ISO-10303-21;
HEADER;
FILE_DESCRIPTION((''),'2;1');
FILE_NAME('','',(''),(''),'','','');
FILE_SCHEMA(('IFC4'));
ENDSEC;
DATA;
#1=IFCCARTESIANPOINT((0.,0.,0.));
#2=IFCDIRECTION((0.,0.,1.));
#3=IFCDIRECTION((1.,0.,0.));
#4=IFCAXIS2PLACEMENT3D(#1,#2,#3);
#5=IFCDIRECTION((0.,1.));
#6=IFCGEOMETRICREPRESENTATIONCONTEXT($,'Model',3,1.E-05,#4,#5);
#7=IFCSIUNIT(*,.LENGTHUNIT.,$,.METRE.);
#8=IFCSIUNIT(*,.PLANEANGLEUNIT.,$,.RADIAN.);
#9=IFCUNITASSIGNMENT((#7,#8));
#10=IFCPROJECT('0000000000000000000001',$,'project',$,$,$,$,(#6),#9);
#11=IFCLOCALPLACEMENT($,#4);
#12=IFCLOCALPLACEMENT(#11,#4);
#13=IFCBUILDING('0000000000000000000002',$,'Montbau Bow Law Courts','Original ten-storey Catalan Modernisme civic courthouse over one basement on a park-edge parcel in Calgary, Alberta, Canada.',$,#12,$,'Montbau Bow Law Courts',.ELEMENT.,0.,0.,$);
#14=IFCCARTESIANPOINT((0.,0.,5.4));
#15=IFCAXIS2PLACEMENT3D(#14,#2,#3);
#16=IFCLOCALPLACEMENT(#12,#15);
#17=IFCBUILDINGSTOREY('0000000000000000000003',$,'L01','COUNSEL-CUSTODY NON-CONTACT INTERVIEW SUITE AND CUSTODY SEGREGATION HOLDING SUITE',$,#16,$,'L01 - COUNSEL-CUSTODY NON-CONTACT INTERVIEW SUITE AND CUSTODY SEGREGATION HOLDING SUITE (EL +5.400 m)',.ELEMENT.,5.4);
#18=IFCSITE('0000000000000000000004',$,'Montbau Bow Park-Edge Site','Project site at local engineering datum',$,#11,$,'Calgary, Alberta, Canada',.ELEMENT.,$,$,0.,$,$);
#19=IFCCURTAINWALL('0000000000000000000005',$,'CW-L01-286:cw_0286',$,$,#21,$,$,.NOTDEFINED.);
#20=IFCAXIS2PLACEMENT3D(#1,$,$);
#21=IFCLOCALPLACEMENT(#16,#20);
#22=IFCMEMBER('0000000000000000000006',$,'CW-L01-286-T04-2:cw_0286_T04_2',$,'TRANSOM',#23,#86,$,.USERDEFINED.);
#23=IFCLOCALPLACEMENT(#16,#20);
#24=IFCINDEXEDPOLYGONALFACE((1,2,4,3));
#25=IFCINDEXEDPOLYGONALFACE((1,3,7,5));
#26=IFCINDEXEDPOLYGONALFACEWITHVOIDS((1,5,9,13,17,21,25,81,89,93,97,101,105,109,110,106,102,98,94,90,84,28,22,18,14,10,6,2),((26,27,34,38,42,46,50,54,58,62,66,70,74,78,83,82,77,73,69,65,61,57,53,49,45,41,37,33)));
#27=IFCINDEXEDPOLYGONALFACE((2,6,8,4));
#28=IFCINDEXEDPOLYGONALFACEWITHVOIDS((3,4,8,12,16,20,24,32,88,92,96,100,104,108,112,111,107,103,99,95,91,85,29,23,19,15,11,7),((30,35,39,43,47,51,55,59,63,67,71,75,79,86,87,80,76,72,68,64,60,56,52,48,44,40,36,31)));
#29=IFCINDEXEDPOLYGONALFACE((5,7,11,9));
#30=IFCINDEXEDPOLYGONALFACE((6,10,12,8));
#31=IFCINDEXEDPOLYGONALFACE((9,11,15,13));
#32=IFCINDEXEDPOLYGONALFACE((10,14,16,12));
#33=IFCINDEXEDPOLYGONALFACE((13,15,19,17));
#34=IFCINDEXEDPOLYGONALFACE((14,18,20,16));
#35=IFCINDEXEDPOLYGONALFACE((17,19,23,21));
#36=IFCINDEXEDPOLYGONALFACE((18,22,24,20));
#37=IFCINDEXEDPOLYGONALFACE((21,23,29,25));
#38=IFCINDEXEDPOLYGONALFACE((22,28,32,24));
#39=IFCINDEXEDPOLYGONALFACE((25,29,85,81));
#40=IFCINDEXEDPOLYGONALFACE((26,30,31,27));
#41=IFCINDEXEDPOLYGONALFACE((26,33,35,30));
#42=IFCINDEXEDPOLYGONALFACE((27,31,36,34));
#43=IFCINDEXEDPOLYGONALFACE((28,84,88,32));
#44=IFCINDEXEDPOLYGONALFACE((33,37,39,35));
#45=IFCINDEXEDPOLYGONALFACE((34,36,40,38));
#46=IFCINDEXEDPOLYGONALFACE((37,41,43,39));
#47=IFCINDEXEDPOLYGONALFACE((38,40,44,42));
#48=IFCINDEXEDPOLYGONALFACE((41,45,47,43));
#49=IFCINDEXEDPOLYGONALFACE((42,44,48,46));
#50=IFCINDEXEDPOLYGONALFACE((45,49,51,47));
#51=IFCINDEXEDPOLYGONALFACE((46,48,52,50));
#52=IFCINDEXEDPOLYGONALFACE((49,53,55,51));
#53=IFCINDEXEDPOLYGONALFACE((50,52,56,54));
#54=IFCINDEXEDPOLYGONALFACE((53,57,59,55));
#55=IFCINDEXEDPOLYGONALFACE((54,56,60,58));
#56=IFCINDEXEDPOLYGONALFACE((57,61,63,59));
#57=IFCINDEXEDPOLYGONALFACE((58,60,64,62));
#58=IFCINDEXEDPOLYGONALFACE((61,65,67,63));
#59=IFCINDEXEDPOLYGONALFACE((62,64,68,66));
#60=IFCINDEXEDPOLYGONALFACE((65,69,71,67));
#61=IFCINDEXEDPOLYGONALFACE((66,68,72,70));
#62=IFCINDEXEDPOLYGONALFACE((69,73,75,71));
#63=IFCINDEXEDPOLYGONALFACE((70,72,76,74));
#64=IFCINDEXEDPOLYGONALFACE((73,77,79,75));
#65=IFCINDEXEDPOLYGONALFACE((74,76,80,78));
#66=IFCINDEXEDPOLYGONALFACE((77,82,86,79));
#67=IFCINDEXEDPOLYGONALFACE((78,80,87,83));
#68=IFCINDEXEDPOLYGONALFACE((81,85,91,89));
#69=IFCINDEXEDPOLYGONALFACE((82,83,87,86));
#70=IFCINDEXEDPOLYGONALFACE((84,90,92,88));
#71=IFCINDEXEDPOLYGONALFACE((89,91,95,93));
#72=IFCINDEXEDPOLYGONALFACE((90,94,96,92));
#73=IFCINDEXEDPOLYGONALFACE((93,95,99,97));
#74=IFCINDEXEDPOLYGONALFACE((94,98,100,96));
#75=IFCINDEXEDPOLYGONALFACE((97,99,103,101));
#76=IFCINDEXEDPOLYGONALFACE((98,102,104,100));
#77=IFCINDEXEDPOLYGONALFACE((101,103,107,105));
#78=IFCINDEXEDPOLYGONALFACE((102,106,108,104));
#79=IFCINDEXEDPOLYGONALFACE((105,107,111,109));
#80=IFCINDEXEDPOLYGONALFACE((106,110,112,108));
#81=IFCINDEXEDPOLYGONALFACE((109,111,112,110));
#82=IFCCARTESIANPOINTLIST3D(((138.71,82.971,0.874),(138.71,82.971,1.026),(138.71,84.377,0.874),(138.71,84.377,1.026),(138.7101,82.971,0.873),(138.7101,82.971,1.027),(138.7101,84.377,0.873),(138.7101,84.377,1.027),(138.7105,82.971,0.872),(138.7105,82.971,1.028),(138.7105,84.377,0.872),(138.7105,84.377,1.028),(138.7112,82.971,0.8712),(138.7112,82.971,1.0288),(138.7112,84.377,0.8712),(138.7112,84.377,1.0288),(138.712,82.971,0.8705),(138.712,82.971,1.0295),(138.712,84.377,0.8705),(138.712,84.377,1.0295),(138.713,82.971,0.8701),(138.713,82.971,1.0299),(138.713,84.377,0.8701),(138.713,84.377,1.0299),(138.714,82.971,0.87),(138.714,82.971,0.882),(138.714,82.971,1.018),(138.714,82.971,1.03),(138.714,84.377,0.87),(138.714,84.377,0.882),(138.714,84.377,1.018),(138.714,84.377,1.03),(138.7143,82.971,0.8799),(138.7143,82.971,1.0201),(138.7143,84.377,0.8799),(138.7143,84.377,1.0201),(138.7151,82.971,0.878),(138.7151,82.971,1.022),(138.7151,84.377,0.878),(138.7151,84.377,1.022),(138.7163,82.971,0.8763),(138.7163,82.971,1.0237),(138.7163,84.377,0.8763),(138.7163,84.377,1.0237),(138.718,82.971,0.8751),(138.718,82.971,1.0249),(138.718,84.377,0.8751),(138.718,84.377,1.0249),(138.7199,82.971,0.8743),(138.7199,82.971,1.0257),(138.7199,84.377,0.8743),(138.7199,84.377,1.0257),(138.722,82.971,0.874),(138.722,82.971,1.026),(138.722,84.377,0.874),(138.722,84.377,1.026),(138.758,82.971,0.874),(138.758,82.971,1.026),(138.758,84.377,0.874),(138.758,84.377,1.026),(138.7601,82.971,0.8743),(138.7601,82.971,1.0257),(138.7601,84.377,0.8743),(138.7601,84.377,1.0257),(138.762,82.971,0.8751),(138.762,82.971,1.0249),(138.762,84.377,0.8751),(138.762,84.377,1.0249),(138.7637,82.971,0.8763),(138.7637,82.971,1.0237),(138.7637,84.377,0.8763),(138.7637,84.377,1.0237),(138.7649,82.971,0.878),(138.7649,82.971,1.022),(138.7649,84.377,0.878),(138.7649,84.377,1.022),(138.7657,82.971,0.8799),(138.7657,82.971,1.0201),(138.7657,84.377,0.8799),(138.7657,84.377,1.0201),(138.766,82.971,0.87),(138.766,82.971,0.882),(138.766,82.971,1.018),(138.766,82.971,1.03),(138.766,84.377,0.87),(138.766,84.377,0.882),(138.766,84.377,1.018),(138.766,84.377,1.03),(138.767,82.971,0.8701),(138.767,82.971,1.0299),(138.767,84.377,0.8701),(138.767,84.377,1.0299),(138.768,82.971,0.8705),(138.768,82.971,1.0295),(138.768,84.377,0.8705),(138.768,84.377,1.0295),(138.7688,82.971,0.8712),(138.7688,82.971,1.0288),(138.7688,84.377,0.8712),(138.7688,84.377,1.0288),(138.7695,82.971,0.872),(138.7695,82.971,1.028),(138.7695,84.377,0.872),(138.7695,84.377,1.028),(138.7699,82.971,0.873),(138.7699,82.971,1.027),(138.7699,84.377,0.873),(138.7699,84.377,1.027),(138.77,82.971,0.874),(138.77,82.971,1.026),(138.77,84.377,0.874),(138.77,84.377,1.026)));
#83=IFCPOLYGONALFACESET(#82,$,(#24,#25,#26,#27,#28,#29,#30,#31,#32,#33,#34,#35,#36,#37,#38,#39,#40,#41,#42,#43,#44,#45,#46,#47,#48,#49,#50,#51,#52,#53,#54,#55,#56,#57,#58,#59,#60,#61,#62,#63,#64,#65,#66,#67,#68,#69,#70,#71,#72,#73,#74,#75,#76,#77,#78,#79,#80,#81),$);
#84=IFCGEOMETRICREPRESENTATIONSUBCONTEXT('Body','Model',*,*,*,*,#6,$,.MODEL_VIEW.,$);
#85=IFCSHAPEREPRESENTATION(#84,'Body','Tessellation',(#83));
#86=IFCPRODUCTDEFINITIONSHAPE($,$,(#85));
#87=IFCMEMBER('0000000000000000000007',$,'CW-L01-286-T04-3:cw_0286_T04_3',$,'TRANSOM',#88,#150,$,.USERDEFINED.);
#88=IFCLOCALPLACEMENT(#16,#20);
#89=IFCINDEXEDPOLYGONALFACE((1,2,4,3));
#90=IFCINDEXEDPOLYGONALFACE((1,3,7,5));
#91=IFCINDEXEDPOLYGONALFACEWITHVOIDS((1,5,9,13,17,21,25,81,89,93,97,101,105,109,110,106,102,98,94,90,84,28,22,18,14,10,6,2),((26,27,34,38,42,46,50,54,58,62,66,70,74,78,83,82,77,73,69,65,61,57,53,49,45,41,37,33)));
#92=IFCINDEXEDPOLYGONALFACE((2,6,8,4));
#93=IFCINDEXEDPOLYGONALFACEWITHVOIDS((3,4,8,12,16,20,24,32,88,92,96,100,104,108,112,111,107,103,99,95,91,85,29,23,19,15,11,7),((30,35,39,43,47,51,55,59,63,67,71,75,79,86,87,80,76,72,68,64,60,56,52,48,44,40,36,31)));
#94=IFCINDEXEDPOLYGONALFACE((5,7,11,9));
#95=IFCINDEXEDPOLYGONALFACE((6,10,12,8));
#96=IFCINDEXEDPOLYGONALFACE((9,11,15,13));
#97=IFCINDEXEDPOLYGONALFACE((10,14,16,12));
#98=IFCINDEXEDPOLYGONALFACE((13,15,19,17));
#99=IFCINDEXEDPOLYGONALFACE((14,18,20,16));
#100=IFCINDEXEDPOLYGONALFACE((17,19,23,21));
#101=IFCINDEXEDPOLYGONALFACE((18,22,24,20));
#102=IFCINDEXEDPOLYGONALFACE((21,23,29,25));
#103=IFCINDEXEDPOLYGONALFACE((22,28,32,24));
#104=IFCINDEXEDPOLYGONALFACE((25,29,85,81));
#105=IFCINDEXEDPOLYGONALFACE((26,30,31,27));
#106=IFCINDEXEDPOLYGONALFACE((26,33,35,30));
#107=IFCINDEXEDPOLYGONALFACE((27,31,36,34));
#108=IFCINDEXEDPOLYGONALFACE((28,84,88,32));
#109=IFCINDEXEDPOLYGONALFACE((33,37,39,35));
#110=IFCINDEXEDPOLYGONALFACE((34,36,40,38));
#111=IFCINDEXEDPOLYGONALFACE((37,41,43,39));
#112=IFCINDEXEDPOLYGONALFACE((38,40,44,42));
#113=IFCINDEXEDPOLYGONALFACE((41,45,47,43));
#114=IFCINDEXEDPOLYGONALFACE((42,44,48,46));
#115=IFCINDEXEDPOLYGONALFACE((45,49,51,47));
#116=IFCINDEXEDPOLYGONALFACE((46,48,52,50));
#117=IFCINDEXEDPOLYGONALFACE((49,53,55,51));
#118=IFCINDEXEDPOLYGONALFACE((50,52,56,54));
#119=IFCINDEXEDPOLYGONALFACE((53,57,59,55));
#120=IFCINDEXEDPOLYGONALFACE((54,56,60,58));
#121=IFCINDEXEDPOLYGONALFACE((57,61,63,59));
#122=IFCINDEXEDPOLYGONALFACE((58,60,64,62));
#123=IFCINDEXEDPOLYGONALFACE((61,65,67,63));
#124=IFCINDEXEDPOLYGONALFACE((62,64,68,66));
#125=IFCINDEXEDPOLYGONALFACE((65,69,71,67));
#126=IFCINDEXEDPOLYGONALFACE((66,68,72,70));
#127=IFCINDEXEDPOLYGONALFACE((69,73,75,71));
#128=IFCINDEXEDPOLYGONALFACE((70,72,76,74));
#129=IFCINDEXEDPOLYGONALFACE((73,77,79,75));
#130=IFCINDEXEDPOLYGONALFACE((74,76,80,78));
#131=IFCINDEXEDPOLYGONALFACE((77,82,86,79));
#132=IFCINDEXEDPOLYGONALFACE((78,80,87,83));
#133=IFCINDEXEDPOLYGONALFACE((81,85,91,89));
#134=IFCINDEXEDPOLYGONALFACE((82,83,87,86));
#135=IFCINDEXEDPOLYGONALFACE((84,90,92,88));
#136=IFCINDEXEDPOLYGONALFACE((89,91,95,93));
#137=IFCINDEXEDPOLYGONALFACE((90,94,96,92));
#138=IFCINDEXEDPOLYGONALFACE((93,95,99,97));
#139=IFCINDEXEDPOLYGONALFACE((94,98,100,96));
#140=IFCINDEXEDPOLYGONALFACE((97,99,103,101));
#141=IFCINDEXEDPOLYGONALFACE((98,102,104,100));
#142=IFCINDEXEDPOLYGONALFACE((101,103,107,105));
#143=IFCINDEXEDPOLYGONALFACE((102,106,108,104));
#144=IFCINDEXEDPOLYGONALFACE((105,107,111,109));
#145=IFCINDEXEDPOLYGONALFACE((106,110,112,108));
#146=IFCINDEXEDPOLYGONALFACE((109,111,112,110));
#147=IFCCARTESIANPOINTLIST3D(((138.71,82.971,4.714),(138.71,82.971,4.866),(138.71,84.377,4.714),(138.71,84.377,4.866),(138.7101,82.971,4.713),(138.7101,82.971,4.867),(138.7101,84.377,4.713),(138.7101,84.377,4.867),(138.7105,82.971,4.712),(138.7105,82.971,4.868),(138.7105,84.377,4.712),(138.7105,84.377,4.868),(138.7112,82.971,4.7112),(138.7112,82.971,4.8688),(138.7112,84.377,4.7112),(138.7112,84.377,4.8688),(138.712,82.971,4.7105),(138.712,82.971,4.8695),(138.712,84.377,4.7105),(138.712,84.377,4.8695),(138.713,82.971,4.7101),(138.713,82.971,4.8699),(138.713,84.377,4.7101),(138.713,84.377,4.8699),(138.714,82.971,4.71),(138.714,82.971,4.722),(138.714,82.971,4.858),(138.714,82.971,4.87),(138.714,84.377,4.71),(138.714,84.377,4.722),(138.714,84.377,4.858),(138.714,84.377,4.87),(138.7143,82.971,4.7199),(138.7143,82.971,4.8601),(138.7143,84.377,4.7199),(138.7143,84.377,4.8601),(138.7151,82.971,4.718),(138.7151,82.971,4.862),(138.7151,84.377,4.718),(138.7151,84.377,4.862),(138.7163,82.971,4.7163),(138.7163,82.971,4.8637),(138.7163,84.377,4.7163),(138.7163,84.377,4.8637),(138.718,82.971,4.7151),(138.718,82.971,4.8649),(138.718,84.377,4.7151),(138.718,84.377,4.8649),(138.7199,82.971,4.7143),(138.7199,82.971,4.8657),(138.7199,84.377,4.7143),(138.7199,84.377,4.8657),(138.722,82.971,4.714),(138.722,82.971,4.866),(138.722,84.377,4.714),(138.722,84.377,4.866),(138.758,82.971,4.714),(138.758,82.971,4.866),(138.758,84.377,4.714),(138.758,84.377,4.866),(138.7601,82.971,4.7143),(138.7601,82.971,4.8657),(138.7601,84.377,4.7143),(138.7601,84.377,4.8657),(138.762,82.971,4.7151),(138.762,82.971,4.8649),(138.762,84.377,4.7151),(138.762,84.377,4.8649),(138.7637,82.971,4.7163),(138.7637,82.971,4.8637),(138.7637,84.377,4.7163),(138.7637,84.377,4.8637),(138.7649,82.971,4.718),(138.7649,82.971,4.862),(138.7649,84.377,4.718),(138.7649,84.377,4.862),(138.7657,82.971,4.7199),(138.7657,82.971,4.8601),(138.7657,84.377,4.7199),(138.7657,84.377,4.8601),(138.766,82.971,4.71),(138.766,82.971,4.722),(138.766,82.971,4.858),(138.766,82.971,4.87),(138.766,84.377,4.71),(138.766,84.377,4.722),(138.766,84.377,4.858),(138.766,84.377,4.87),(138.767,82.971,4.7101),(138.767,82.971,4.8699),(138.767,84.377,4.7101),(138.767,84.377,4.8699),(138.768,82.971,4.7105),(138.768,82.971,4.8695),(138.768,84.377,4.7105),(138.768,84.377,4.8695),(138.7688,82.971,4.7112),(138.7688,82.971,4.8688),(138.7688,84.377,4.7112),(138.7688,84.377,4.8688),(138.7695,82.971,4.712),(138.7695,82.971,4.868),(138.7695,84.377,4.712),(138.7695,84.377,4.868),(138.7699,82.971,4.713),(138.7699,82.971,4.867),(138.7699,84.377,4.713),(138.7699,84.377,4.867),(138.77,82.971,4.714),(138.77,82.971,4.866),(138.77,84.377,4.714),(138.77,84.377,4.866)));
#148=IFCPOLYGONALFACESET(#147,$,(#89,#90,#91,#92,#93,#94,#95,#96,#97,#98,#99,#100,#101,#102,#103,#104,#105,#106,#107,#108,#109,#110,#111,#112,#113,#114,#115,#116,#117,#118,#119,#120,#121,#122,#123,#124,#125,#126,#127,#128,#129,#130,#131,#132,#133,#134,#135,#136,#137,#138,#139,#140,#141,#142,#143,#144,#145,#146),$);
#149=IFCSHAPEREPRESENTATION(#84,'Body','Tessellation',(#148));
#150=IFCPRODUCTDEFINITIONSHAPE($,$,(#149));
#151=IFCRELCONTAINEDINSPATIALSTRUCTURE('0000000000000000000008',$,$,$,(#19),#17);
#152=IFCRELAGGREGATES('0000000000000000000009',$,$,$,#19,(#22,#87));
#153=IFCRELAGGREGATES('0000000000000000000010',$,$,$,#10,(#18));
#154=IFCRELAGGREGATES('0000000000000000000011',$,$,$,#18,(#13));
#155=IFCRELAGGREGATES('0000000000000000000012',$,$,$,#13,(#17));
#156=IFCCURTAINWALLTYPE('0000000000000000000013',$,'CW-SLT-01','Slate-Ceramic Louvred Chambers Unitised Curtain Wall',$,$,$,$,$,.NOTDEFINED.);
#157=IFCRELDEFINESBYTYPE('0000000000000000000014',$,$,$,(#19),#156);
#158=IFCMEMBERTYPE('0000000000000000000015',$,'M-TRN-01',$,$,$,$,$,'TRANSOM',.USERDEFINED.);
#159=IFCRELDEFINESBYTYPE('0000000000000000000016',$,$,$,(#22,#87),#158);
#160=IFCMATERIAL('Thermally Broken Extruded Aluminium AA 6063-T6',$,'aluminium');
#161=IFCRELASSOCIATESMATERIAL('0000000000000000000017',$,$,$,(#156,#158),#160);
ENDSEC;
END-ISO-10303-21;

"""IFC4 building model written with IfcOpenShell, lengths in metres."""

from ifc_helpers import new_model, si_unit, direction, frame, origin_with_axes, origin_2d_with_axis, place, context, subcontext, project, spatial, hollow_rectangle, extrude, material, material_profile, profile_set, type_object, element, aggregate, save


model = new_model("IFC4")

# Units and contexts
model_context = context("Model", 3, precision=1e-05, world=origin_with_axes(), true_north=direction((0.0, 1.0)))
body_context = subcontext(model_context, "Body", "Model", "MODEL_VIEW")
ifc_project = project(units=[si_unit("LENGTHUNIT", "METRE"), si_unit("PLANEANGLEUNIT", "RADIAN")], contexts=[model_context])

# Site, building, storey
site_placement = place(None, origin_with_axes())
site = spatial("IfcSite", under=ifc_project, at=site_placement, Name="Montbau Bow Park-Edge Site", Description="Project site at local engineering datum", LongName="Calgary, Alberta, Canada", CompositionType="ELEMENT", RefElevation=0.0)
building_placement = place(site_placement, origin_with_axes())
building = spatial("IfcBuilding", under=site, at=building_placement, Name="Montbau Bow Law Courts", Description="Original ten-storey Catalan Modernisme civic courthouse over one basement on a park-edge parcel in Calgary, Alberta, Canada.", LongName="Montbau Bow Law Courts", CompositionType="ELEMENT", ElevationOfRefHeight=0.0, ElevationOfTerrain=0.0)
storey_placement = place(building_placement, frame((0.0, 0.0, 5.4), z_axis=(0.0, 0.0, 1.0), x_axis=(1.0, 0.0, 0.0)))
storey = spatial("IfcBuildingStorey", under=building, at=storey_placement, Name="L01", Description="COUNSEL-CUSTODY NON-CONTACT INTERVIEW SUITE AND CUSTODY SEGREGATION HOLDING SUITE", LongName="L01 - COUNSEL-CUSTODY NON-CONTACT INTERVIEW SUITE AND CUSTODY SEGREGATION HOLDING SUITE (EL +5.400 m)", CompositionType="ELEMENT", Elevation=5.4)

# Curtain wall
ifc_material_1 = material(Name="Thermally Broken Extruded Aluminium AA 6063-T6", Category="aluminium")
curtain_wall_type = type_object("IfcCurtainWallType", Name="CW-SLT-01", Description="Slate-Ceramic Louvred Chambers Unitised Curtain Wall", PredefinedType="NOTDEFINED", material=ifc_material_1)
curtain_wall_1_placement = place(None, frame((138.74, 78.515, 5.4), z_axis=(0.0, 0.0, 1.0), x_axis=(1.0, 0.0, 0.0)))
curtain_wall_1 = element("IfcCurtainWall", 1, at=curtain_wall_1_placement, inside=storey, type_object=curtain_wall_type, Name="CW-L01-286:cw_0286", PredefinedType="NOTDEFINED")

# Members
ifc_material_profile_1 = material_profile(ifc_material_1, hollow_rectangle(XDim=0.06, YDim=0.16, WallThickness=0.004, InnerFilletRadius=0.008, OuterFilletRadius=0.004, at=origin_2d_with_axis()), Name="CWT-160X60", Category="Main", Priority=0)
ifc_profile_set_1 = profile_set([ifc_material_profile_1], Name="Thermally Broken Extruded Aluminium AA 6063-T6")
member_type_1 = type_object("IfcMemberType", Name="M-TRN-01", ElementType="TRANSOM", PredefinedType="USERDEFINED", material=ifc_profile_set_1)
member_1_placement = place(None, frame((138.74, 82.971, 6.35), z_axis=(0.0, 1.0, 0.0), x_axis=(-1.0, 0.0, 0.0)))
member_1 = element("IfcMember", 2, at=member_1_placement, type_object=member_type_1, Name="CW-L01-286-T04-2:cw_0286_T04_2", ObjectType="TRANSOM", PredefinedType="USERDEFINED", context=body_context, shape_type="SweptSolid", body=[
    extrude(hollow_rectangle(XDim=0.06, YDim=0.16, WallThickness=0.004, InnerFilletRadius=0.008, OuterFilletRadius=0.004, at=origin_2d_with_axis()), origin_with_axes(), (0.0, 0.0, 1.0), 1.406),
])
member_2_placement = place(None, frame((138.74, 82.971, 10.19), z_axis=(0.0, 1.0, 0.0), x_axis=(-1.0, 0.0, 0.0)))
member_2 = element("IfcMember", 3, at=member_2_placement, type_object=member_type_1, Name="CW-L01-286-T04-3:cw_0286_T04_3", ObjectType="TRANSOM", PredefinedType="USERDEFINED", context=body_context, shape_type="SweptSolid", body=[
    extrude(hollow_rectangle(XDim=0.06, YDim=0.16, WallThickness=0.004, InnerFilletRadius=0.008, OuterFilletRadius=0.004, at=origin_2d_with_axis()), origin_with_axes(), (0.0, 0.0, 1.0), 1.406),
])

aggregate(curtain_wall_1, [member_1, member_2])

save(model, "model.ifc")
